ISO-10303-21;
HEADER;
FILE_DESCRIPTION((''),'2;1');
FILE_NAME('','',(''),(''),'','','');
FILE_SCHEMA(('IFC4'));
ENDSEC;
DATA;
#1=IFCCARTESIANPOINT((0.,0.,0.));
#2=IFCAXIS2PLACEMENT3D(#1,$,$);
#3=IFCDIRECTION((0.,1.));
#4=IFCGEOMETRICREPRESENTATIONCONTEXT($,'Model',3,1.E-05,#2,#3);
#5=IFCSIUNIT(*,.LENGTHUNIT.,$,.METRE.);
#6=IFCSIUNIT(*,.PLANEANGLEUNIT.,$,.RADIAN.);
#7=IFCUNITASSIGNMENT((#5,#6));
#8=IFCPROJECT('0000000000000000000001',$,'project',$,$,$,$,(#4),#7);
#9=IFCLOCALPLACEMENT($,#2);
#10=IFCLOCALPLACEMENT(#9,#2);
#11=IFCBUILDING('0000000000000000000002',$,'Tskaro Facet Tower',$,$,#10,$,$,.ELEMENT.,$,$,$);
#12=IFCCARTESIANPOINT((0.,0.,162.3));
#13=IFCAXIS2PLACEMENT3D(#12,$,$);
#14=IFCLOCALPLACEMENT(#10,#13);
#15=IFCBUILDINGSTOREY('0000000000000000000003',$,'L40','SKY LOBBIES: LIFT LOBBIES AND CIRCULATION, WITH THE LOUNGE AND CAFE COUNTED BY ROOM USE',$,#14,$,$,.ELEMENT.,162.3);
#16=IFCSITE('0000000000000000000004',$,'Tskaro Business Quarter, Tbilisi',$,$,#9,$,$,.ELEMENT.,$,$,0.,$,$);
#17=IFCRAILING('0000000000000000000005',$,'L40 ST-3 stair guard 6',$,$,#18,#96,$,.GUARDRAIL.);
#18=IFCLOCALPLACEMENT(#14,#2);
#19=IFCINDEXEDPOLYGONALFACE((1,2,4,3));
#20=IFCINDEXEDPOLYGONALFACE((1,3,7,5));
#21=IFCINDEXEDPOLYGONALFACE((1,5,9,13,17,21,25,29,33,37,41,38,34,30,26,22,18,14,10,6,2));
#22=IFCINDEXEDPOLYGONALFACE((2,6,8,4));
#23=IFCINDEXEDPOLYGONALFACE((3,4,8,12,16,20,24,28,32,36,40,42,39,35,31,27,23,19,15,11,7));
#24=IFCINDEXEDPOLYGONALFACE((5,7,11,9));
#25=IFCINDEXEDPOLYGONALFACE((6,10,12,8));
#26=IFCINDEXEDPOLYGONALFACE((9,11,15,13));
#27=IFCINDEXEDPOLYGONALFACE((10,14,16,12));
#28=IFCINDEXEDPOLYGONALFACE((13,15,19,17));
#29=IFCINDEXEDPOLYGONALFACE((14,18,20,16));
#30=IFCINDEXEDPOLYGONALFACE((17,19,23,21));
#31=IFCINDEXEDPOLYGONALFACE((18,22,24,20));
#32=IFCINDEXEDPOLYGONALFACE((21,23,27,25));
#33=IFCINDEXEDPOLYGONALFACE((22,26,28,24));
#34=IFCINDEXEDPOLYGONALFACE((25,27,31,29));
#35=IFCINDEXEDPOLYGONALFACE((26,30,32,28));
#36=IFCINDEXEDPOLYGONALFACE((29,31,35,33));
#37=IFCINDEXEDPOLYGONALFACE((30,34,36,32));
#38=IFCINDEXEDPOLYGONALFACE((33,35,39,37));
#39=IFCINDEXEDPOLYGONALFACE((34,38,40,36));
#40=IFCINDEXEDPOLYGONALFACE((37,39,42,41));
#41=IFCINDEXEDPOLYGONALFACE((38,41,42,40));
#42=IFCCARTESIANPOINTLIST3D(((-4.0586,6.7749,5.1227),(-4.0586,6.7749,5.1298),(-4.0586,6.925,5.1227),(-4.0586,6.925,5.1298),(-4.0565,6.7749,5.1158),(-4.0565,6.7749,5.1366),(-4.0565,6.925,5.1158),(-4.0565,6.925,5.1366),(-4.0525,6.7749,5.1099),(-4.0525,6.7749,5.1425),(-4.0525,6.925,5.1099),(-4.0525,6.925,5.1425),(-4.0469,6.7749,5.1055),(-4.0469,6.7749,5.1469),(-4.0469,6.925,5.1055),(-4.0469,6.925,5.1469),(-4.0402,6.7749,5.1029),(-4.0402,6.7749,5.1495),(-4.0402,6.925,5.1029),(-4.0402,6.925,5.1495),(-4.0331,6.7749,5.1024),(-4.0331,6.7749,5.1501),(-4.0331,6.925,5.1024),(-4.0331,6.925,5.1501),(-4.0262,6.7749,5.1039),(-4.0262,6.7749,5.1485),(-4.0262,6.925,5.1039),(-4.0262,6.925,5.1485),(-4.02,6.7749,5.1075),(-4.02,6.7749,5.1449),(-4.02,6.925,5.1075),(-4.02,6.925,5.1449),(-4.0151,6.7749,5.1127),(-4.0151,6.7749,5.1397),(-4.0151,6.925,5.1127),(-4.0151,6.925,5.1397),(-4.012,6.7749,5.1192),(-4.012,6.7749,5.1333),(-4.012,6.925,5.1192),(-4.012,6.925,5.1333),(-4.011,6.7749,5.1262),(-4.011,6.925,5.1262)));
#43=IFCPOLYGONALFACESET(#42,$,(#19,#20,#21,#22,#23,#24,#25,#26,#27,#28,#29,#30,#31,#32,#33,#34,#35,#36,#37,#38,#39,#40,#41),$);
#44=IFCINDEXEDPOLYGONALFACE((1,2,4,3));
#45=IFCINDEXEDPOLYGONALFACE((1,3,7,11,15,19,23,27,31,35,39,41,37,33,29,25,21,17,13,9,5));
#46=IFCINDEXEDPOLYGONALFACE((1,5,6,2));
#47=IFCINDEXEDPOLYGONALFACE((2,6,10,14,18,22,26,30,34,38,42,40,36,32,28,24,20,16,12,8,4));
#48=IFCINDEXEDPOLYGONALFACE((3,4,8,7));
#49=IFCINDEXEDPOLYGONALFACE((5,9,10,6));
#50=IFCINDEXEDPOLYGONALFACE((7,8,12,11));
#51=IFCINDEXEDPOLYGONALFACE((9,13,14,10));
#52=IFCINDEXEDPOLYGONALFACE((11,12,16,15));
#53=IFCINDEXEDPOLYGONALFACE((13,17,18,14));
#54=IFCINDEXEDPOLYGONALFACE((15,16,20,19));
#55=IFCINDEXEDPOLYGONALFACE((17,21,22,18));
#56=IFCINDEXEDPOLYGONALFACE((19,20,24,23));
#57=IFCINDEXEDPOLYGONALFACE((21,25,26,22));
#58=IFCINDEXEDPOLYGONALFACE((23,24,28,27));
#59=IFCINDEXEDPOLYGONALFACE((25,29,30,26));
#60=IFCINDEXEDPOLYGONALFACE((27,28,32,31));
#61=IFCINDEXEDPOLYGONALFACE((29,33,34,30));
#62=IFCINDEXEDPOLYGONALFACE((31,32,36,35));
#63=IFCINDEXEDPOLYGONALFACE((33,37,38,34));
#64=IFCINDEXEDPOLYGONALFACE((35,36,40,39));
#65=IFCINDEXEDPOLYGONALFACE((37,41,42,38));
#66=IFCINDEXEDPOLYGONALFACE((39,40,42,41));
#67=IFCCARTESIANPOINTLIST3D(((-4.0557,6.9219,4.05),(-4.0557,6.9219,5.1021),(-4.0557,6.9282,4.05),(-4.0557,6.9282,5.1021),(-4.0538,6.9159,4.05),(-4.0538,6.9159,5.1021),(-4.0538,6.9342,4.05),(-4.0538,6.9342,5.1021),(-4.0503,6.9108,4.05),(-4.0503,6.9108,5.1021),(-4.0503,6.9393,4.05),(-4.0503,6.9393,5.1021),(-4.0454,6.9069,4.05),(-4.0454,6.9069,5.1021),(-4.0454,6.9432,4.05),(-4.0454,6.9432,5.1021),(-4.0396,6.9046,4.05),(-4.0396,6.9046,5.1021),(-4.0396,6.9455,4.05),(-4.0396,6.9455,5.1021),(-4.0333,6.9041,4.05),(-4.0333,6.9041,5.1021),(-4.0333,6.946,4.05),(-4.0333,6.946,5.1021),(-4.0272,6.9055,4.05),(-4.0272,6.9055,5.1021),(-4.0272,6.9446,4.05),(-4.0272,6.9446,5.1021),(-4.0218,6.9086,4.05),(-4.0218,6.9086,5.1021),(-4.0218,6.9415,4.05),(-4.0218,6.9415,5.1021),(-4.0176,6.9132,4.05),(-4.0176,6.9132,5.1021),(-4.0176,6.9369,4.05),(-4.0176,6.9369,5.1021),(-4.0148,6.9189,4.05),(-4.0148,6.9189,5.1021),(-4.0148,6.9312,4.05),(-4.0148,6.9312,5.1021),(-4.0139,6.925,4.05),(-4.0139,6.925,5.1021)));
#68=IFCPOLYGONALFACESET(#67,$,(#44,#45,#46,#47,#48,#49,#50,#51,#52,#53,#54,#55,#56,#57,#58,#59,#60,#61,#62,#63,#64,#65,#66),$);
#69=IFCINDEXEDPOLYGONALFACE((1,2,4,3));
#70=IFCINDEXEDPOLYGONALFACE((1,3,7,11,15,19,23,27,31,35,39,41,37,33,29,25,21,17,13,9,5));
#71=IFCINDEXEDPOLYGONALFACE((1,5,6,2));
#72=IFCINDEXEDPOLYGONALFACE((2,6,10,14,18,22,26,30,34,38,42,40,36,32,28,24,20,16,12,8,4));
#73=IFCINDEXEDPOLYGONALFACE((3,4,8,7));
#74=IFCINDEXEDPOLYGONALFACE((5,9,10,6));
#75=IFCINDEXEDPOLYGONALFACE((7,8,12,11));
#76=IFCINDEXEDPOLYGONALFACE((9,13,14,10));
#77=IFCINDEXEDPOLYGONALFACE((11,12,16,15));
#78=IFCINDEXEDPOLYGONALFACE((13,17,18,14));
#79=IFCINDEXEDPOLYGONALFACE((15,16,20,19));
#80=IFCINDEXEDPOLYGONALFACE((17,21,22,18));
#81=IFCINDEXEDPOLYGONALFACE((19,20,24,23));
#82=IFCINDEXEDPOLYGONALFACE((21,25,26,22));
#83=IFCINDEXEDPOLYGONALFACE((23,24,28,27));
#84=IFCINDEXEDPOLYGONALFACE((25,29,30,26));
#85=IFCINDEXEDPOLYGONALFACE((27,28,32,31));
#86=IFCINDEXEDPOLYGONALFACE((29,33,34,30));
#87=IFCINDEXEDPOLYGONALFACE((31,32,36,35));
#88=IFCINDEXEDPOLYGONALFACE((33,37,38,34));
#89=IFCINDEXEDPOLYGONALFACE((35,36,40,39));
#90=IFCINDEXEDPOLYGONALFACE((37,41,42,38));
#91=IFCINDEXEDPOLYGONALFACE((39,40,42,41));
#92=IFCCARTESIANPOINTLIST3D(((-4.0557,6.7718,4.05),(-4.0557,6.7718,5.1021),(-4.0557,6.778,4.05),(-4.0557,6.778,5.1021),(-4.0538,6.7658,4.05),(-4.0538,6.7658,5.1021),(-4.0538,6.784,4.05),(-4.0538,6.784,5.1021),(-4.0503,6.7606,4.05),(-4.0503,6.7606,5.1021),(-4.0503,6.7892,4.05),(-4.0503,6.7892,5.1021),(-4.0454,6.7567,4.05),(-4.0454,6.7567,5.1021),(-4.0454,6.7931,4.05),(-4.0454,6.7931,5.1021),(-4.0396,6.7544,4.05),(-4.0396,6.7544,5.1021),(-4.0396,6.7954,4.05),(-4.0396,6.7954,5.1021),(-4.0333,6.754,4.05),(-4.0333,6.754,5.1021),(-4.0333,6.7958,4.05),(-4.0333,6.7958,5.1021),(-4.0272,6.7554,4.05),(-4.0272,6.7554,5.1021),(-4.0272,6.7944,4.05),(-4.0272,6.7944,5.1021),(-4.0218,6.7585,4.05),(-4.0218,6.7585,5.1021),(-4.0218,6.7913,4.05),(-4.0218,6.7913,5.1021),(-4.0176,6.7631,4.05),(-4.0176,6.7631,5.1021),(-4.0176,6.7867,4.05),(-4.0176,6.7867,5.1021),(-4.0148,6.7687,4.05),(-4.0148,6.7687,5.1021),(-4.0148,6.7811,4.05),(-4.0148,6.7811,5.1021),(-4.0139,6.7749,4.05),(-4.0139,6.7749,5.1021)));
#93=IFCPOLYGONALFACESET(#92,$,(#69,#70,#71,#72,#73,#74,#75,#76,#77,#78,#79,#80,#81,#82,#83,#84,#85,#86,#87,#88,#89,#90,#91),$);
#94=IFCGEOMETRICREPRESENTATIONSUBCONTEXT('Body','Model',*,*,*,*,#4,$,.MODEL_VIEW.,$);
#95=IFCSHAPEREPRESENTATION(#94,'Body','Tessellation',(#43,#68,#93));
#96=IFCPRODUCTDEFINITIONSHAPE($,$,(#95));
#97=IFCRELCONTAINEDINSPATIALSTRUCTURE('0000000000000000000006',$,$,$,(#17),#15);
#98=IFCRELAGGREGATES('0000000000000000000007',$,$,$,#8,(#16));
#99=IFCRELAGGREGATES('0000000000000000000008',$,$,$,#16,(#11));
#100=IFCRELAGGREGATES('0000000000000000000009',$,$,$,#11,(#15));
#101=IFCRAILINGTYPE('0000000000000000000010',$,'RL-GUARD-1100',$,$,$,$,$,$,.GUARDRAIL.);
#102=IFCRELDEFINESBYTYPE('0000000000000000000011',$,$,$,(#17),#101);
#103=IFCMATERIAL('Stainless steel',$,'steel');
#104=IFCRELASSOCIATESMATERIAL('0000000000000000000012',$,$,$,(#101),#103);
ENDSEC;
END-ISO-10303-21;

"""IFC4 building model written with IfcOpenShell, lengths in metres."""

from ifc_helpers import new_model, si_unit, direction, frame, origin, origin_2d, place, context, subcontext, project, spatial, circle, extrude, material, type_object, element, save


model = new_model("IFC4")

# Units and contexts
model_context = context("Model", 3, precision=1e-05, world=origin(), true_north=direction((0.0, 1.0)))
body_context = subcontext(model_context, "Body", "Model", "MODEL_VIEW")
ifc_project = project(units=[si_unit("LENGTHUNIT", "METRE"), si_unit("PLANEANGLEUNIT", "RADIAN")], contexts=[model_context])

# Site, building, storey
site_placement = place(None, origin())
site = spatial("IfcSite", under=ifc_project, at=site_placement, Name="Tskaro Business Quarter, Tbilisi", CompositionType="ELEMENT", RefElevation=0.0)
building_placement = place(site_placement, origin())
building = spatial("IfcBuilding", under=site, at=building_placement, Name="Tskaro Facet Tower", CompositionType="ELEMENT")
storey_placement = place(building_placement, frame((0.0, 0.0, 162.3)))
storey = spatial("IfcBuildingStorey", under=building, at=storey_placement, Name="L40", Description="SKY LOBBIES: LIFT LOBBIES AND CIRCULATION, WITH THE LOUNGE AND CAFE COUNTED BY ROOM USE", CompositionType="ELEMENT", Elevation=162.3)

# Shared definitions
ifc_material_1 = material(Name="Stainless steel", Category="steel")

# Railing
railing_type = type_object("IfcRailingType", Name="RL-GUARD-1100", PredefinedType="GUARDRAIL", material=ifc_material_1)
for number, where, name in (
    (1, (-4.0349, 6.925, 4.05), "L40 ST-3 stair guard 6"),
):
    element("IfcRailing", number, at=place(storey_placement, frame(where)), inside=storey, type_object=railing_type, Name=name, PredefinedType="GUARDRAIL", context=body_context, shape_type="SweptSolid", body=[
        extrude(circle(Radius=0.0239, at=origin_2d()), frame((0.0, 0.0, 1.0762), z_axis=(0.0, -1.0, 0.0), x_axis=(1.0, 0.0, 0.0)), (0.0, 0.0, 1.0), 0.1501),
        extrude(circle(Radius=0.021, at=origin_2d()), origin(), (0.0, 0.0, 1.0), 1.052),
        extrude(circle(Radius=0.021, at=origin_2d()), frame((0.0, -0.1501, 0.0)), (0.0, 0.0, 1.0), 1.052),
    ])

save(model, "model.ifc")
